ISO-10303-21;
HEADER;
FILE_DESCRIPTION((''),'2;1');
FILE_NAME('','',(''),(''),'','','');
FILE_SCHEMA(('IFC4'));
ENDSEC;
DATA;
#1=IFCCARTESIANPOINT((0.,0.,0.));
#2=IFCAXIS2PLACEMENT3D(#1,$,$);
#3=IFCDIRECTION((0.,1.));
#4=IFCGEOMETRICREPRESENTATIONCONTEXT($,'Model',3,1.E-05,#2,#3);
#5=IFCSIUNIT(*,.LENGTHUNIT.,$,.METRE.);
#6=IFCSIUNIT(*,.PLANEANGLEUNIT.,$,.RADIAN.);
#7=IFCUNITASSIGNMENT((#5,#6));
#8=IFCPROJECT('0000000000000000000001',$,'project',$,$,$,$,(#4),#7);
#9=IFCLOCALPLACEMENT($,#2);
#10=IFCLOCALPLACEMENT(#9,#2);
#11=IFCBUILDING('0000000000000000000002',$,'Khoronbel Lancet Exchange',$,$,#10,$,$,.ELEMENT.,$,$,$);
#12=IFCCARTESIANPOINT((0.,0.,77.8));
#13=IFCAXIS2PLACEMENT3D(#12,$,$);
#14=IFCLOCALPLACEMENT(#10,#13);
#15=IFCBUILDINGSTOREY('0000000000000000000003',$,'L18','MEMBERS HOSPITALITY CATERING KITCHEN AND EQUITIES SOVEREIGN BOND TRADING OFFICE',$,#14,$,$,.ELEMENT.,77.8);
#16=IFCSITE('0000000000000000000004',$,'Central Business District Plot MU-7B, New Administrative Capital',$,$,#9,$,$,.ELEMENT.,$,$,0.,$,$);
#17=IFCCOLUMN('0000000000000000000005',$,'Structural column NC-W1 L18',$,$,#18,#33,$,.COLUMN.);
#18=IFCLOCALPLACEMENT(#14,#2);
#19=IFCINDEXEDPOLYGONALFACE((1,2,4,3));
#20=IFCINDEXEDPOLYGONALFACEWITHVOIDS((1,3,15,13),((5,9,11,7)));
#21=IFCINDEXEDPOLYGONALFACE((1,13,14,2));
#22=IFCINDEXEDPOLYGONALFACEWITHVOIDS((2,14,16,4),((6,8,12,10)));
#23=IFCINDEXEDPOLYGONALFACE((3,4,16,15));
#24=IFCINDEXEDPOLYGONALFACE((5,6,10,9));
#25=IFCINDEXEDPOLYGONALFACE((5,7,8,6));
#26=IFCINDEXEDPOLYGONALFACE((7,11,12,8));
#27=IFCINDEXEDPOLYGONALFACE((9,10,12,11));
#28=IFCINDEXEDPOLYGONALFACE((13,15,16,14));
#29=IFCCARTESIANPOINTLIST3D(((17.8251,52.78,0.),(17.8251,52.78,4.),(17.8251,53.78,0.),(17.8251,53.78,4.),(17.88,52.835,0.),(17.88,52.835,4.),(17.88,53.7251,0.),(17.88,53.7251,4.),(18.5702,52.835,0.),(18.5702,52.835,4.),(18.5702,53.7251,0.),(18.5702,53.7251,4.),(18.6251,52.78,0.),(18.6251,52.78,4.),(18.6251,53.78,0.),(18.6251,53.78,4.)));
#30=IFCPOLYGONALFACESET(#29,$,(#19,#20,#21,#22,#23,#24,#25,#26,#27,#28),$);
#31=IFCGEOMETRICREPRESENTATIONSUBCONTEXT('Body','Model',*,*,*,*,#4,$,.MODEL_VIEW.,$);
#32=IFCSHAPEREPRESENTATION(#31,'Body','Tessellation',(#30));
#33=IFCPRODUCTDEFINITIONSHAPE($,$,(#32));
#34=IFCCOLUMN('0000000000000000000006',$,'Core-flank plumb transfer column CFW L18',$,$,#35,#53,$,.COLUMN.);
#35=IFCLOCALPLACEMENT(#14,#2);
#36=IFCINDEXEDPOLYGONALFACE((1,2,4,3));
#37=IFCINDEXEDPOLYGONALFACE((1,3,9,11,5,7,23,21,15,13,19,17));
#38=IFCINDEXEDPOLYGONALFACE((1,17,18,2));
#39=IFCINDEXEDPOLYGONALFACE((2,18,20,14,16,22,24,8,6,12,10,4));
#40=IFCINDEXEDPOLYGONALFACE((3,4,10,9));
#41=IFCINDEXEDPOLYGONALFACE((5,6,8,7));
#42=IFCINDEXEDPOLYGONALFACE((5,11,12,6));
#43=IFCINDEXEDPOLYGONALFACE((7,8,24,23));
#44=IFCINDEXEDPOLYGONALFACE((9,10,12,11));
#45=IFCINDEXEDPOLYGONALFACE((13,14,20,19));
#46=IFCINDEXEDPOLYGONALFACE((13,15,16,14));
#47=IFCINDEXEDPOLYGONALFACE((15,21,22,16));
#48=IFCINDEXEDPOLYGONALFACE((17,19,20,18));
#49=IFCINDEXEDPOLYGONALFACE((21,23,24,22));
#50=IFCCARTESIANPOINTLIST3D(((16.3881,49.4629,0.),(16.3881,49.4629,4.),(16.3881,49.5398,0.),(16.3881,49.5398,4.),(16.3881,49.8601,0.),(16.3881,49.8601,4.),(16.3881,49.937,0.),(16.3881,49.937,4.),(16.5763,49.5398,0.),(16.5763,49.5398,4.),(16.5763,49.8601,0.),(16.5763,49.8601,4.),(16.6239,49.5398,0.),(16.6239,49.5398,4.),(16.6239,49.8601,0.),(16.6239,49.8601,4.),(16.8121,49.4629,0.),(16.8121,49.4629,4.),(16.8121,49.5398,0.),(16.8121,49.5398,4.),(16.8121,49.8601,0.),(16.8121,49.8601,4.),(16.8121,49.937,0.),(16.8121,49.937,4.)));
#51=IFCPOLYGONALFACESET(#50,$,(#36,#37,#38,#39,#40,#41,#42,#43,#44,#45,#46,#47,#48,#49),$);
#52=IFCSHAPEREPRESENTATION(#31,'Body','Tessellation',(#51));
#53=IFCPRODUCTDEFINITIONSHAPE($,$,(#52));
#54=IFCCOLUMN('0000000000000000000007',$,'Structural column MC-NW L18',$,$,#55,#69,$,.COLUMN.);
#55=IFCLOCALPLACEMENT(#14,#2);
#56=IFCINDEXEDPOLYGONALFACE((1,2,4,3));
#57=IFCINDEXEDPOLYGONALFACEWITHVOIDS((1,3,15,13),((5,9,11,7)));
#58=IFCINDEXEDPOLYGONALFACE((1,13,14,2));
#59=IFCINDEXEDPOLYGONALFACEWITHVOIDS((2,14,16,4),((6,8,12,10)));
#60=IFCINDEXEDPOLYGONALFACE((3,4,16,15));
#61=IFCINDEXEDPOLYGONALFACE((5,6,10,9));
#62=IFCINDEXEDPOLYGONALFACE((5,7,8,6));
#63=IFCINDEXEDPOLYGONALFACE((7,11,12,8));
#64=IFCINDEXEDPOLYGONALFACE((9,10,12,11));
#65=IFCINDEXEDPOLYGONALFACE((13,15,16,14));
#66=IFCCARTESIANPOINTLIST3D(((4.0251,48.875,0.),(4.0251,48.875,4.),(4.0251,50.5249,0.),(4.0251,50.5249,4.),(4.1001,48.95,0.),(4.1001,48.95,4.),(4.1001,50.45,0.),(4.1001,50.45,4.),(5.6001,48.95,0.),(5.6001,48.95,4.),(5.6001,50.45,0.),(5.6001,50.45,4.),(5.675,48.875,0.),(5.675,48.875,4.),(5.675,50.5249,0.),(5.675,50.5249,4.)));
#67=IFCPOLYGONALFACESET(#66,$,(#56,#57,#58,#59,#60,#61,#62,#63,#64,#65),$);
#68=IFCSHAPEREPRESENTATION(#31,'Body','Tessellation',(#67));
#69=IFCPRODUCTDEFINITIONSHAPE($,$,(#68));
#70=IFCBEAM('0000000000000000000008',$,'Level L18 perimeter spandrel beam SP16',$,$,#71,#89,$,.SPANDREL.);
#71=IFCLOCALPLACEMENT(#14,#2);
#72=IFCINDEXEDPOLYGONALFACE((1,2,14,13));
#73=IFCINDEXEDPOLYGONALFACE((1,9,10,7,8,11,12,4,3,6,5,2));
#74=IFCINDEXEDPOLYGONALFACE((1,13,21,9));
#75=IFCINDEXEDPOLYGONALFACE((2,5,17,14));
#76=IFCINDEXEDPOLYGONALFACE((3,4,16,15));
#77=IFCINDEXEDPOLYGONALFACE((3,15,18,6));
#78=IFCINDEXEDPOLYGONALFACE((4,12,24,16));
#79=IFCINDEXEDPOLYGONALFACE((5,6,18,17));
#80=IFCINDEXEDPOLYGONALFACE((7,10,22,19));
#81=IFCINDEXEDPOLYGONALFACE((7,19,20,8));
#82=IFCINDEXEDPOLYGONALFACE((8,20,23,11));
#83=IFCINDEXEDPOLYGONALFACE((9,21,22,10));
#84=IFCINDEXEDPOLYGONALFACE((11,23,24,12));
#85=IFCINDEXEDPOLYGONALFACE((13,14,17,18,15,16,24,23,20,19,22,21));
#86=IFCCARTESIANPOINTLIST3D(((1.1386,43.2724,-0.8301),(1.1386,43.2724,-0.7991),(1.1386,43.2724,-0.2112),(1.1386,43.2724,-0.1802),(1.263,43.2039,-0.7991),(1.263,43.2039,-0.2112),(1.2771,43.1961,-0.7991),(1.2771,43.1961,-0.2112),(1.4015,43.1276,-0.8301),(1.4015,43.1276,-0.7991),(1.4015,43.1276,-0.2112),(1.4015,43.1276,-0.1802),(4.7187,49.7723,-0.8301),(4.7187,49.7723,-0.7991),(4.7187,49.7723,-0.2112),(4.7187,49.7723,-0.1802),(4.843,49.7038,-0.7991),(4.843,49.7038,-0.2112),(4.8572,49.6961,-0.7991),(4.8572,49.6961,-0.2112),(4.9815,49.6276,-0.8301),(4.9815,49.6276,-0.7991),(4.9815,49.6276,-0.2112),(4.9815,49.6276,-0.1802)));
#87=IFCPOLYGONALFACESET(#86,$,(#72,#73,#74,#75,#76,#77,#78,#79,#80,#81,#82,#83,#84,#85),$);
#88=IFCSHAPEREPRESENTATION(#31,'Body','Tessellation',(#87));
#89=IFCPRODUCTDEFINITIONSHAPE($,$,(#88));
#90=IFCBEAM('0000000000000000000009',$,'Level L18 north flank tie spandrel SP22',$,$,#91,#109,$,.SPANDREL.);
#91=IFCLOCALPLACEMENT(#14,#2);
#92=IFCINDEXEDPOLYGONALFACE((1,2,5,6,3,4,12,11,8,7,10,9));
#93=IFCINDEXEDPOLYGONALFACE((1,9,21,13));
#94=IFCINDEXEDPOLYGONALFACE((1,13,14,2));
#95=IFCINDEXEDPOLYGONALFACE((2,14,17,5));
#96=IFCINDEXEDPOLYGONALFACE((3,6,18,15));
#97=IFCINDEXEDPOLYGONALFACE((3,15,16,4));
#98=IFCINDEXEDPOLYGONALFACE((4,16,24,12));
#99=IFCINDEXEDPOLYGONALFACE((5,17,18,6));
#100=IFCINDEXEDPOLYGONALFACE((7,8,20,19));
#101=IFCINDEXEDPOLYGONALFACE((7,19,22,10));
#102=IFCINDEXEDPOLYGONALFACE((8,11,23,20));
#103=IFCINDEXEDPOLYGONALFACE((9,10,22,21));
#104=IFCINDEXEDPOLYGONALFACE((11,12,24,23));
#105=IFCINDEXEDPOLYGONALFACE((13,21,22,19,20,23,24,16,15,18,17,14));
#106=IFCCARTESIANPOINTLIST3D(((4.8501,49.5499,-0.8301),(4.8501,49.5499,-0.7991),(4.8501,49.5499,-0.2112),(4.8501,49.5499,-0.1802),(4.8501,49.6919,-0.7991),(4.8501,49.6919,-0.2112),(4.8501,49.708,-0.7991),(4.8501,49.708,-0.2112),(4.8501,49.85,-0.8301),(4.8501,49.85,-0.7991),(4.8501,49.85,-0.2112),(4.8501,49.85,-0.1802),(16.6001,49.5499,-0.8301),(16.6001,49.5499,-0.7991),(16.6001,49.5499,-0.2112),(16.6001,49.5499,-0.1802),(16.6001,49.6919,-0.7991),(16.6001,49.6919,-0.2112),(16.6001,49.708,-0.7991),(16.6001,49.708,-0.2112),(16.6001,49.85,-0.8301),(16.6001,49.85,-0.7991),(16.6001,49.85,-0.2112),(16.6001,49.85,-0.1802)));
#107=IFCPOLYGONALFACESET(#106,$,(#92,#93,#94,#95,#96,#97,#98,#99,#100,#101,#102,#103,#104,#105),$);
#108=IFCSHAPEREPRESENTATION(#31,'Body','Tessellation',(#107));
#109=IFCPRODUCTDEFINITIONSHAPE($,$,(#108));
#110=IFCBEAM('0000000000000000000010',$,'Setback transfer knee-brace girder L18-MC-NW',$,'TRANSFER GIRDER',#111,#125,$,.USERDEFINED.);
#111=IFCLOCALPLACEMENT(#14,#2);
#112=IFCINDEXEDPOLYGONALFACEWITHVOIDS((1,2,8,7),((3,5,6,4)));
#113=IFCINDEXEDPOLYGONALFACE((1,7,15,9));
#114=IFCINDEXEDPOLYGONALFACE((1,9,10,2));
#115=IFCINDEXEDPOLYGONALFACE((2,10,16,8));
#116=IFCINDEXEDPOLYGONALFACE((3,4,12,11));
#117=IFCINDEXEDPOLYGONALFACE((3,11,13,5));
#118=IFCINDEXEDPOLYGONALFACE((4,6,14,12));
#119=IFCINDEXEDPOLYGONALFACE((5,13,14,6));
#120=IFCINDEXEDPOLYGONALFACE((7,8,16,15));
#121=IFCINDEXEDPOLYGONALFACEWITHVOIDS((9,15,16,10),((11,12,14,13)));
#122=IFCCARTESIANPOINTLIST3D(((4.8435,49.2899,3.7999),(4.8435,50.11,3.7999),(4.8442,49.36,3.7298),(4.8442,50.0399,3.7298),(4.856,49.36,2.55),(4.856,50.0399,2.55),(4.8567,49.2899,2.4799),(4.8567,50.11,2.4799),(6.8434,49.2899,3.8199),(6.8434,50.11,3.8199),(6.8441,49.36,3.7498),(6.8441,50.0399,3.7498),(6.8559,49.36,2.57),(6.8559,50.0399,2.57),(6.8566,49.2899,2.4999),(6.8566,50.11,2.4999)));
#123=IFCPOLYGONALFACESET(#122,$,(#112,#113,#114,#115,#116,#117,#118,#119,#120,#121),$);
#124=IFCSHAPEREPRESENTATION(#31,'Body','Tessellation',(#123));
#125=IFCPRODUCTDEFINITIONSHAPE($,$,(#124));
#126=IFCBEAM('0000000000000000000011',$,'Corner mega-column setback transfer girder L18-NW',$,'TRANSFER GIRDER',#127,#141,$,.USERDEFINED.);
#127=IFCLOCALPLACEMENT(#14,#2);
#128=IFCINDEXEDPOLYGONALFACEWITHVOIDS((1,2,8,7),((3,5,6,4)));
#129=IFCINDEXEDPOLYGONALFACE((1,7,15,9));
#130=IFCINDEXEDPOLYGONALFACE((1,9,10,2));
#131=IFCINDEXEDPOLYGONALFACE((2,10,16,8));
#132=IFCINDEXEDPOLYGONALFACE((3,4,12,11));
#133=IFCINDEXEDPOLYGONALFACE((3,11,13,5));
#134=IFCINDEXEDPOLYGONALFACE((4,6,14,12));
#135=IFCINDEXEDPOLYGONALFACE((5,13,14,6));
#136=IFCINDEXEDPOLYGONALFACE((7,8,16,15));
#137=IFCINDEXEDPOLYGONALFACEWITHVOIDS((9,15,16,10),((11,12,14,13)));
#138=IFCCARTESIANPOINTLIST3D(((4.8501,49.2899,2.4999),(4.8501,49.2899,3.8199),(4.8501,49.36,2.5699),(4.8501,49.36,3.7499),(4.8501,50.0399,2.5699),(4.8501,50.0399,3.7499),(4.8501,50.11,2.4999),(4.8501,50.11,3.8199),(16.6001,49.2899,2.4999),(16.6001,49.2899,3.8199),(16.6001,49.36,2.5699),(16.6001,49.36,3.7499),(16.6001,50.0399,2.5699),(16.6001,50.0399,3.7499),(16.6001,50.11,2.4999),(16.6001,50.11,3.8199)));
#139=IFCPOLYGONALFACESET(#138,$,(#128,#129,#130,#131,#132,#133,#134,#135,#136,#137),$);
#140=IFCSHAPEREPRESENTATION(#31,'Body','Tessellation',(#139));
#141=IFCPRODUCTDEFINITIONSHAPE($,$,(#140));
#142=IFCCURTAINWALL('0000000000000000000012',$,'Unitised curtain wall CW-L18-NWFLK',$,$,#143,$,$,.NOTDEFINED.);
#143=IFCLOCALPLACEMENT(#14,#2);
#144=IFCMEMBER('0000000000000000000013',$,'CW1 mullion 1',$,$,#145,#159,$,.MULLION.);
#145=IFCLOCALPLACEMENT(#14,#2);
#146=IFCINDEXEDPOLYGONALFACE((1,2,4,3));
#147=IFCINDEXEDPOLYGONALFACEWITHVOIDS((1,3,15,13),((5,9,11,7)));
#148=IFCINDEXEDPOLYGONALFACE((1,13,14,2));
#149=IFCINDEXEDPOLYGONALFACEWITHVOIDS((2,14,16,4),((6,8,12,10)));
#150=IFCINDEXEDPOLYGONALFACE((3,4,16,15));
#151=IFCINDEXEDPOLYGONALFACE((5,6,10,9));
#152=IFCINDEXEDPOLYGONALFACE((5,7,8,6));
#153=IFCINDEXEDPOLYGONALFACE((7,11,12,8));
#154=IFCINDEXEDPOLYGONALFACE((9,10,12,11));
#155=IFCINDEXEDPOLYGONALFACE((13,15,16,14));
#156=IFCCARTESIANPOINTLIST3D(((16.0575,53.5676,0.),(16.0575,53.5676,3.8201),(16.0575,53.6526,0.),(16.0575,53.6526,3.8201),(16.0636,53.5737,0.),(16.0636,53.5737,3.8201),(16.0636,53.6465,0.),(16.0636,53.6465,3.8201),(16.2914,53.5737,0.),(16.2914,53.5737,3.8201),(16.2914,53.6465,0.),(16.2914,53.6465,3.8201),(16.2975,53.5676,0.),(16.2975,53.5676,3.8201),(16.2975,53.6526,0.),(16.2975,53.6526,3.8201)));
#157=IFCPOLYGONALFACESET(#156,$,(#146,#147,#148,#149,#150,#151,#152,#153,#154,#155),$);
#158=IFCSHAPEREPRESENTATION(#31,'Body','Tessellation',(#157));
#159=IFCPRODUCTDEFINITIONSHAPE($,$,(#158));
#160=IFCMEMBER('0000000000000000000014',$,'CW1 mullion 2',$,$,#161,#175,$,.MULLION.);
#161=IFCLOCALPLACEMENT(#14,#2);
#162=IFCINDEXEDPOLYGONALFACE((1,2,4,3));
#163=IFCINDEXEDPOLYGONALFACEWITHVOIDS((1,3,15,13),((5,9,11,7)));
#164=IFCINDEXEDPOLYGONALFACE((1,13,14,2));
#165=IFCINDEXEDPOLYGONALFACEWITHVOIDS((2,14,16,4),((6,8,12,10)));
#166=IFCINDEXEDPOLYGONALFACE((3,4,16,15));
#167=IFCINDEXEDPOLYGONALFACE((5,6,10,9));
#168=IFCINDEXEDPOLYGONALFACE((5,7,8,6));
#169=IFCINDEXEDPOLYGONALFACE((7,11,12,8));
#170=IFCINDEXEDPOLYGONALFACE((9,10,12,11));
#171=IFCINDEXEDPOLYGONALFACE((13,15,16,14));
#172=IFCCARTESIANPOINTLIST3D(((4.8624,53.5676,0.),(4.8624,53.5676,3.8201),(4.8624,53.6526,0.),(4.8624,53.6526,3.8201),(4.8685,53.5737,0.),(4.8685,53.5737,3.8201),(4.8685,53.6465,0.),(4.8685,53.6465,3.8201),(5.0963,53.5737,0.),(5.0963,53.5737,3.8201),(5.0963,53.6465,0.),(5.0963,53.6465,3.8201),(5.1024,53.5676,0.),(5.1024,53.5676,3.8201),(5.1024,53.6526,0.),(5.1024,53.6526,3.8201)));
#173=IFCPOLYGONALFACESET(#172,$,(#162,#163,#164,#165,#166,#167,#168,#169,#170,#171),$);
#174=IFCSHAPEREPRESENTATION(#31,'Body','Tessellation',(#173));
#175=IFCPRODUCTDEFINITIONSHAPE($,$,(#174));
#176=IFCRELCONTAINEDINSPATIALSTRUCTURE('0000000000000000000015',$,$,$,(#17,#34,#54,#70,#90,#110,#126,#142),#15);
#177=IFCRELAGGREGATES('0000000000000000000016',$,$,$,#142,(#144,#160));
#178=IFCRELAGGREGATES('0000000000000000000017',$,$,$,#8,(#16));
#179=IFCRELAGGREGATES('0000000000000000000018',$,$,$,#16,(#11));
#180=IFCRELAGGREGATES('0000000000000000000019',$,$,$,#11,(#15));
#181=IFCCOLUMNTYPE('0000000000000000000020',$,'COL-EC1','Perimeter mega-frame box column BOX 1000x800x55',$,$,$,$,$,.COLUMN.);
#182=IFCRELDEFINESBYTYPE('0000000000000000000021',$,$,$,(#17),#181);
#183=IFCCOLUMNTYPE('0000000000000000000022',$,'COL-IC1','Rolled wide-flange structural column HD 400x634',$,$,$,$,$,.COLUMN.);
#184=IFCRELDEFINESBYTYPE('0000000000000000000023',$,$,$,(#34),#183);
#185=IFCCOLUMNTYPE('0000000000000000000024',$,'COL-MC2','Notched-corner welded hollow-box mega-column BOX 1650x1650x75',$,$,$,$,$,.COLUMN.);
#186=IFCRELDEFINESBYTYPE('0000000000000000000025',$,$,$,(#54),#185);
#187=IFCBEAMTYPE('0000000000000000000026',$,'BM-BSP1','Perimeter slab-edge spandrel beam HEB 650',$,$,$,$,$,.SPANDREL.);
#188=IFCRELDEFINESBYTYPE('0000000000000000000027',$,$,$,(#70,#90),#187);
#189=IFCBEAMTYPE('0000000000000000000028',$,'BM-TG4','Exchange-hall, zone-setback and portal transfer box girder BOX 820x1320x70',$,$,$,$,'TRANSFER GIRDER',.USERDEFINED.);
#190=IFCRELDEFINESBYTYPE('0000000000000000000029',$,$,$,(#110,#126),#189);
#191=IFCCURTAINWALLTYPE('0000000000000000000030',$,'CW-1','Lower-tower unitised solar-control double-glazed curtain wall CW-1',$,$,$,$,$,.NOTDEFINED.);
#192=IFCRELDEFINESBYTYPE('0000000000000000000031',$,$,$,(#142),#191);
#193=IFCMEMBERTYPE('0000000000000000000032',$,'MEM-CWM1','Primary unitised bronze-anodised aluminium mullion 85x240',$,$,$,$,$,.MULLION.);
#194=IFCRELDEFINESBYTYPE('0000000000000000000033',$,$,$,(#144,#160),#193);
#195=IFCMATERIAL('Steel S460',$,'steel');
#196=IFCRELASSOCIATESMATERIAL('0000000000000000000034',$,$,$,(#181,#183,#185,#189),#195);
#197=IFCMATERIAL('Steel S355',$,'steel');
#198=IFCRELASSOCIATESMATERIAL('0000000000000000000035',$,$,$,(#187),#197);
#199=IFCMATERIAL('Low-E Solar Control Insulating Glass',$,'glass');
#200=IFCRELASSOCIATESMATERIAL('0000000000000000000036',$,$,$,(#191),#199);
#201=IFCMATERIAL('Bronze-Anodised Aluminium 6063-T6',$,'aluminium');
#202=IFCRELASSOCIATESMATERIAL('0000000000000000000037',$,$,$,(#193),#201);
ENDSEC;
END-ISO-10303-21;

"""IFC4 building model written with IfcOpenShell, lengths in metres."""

from ifc_helpers import new_model, si_unit, direction, frame, origin, origin_2d, place, context, subcontext, project, spatial, hollow_rectangle, i_section, extrude, material, material_profile, profile_set, type_object, element, aggregate, save


model = new_model("IFC4")

# Units and contexts
model_context = context("Model", 3, precision=1e-05, world=origin(), true_north=direction((0.0, 1.0)))
body_context = subcontext(model_context, "Body", "Model", "MODEL_VIEW")
ifc_project = project(units=[si_unit("LENGTHUNIT", "METRE"), si_unit("PLANEANGLEUNIT", "RADIAN")], contexts=[model_context])

# Site, building, storey
site_placement = place(None, origin())
site = spatial("IfcSite", under=ifc_project, at=site_placement, Name="Central Business District Plot MU-7B, New Administrative Capital", CompositionType="ELEMENT", RefElevation=0.0)
building_placement = place(site_placement, origin())
building = spatial("IfcBuilding", under=site, at=building_placement, Name="Khoronbel Lancet Exchange", CompositionType="ELEMENT")
storey_placement = place(building_placement, frame((0.0, 0.0, 77.8)))
storey = spatial("IfcBuildingStorey", under=building, at=storey_placement, Name="L18", Description="MEMBERS HOSPITALITY CATERING KITCHEN AND EQUITIES SOVEREIGN BOND TRADING OFFICE", CompositionType="ELEMENT", Elevation=77.8)

# Columns
ifc_material_1 = material(Name="Steel S460", Category="steel")
ifc_material_profile_1 = material_profile(ifc_material_1, hollow_rectangle(XDim=0.8, YDim=1.0, WallThickness=0.0549, at=origin_2d()), Name="BOX 1000x800x55")
ifc_profile_set_1 = profile_set([ifc_material_profile_1], Name="Steel S460")
column_type_1 = type_object("IfcColumnType", Name="COL-EC1", Description="Perimeter mega-frame box column BOX 1000x800x55", PredefinedType="COLUMN", material=ifc_profile_set_1)
column_1_placement = place(storey_placement, frame((18.2251, 53.28, 0.0), z_axis=(0.0, 0.0, 1.0), x_axis=(1.0, 0.0, 0.0)))
element("IfcColumn", 1, at=column_1_placement, inside=storey, type_object=column_type_1, Name="Structural column NC-W1 L18", PredefinedType="COLUMN", context=body_context, shape_type="SweptSolid", body=[
    extrude(hollow_rectangle(XDim=0.8, YDim=1.0, WallThickness=0.0549, at=origin_2d()), origin(), (0.0, 0.0, 1.0), 4.0),
])
ifc_material_profile_2 = material_profile(ifc_material_1, i_section(OverallWidth=0.4241, OverallDepth=0.4741, WebThickness=0.0476, FlangeThickness=0.0769, at=origin_2d()), Name="HD 400x634")
ifc_profile_set_2 = profile_set([ifc_material_profile_2], Name="Steel S460")
column_type_2 = type_object("IfcColumnType", Name="COL-IC1", Description="Rolled wide-flange structural column HD 400x634", PredefinedType="COLUMN", material=ifc_profile_set_2)
column_2_placement = place(storey_placement, frame((16.6001, 49.7, 0.0), z_axis=(0.0, 0.0, 1.0), x_axis=(1.0, 0.0, 0.0)))
element("IfcColumn", 2, at=column_2_placement, inside=storey, type_object=column_type_2, Name="Core-flank plumb transfer column CFW L18", PredefinedType="COLUMN", context=body_context, shape_type="SweptSolid", body=[
    extrude(i_section(OverallWidth=0.4241, OverallDepth=0.4741, WebThickness=0.0476, FlangeThickness=0.0769, at=origin_2d()), origin(), (0.0, 0.0, 1.0), 4.0),
])
ifc_material_profile_3 = material_profile(ifc_material_1, hollow_rectangle(XDim=1.6499, YDim=1.6499, WallThickness=0.075, at=origin_2d()), Name="BOX 1650x1650x75")
ifc_profile_set_3 = profile_set([ifc_material_profile_3], Name="Steel S460")
column_type_3 = type_object("IfcColumnType", Name="COL-MC2", Description="Notched-corner welded hollow-box mega-column BOX 1650x1650x75", PredefinedType="COLUMN", material=ifc_profile_set_3)
column_3_placement = place(storey_placement, frame((4.8501, 49.7, 0.0), z_axis=(0.0, 0.0, 1.0), x_axis=(1.0, 0.0, 0.0)))
element("IfcColumn", 3, at=column_3_placement, inside=storey, type_object=column_type_3, Name="Structural column MC-NW L18", PredefinedType="COLUMN", context=body_context, shape_type="SweptSolid", body=[
    extrude(hollow_rectangle(XDim=1.6499, YDim=1.6499, WallThickness=0.075, at=origin_2d()), origin(), (0.0, 0.0, 1.0), 4.0),
])

# Beams
ifc_material_2 = material(Name="Steel S355", Category="steel")
ifc_material_profile_4 = material_profile(ifc_material_2, i_section(OverallWidth=0.3, OverallDepth=0.6499, WebThickness=0.0161, FlangeThickness=0.031, at=origin_2d()), Name="HEB 650")
ifc_profile_set_4 = profile_set([ifc_material_profile_4], Name="Steel S355")
beam_type_1 = type_object("IfcBeamType", Name="BM-BSP1", Description="Perimeter slab-edge spandrel beam HEB 650", PredefinedType="SPANDREL", material=ifc_profile_set_4)
beam_1_placement = place(storey_placement, frame((4.8501, 49.7, -0.5051), z_axis=(-0.482444, -0.875927, 0.0), x_axis=(0.875927, -0.482444, 0.0)))
element("IfcBeam", 4, at=beam_1_placement, inside=storey, type_object=beam_type_1, Name="Level L18 perimeter spandrel beam SP16", PredefinedType="SPANDREL", context=body_context, shape_type="SweptSolid", body=[
    extrude(i_section(OverallWidth=0.3, OverallDepth=0.6499, WebThickness=0.0161, FlangeThickness=0.031, at=origin_2d()), origin(), (0.0, 0.0, 1.0), 7.4207),
])
beam_2_placement = place(storey_placement, frame((4.8501, 49.7, -0.5051), z_axis=(1.0, 0.0, 0.0), x_axis=(0.0, 1.0, 0.0)))
element("IfcBeam", 5, at=beam_2_placement, inside=storey, type_object=beam_type_1, Name="Level L18 north flank tie spandrel SP22", PredefinedType="SPANDREL", context=body_context, shape_type="SweptSolid", body=[
    extrude(i_section(OverallWidth=0.3, OverallDepth=0.6499, WebThickness=0.0161, FlangeThickness=0.031, at=origin_2d()), origin(), (0.0, 0.0, 1.0), 11.75),
])
ifc_material_profile_5 = material_profile(ifc_material_1, hollow_rectangle(XDim=0.8201, YDim=1.3201, WallThickness=0.0701, at=origin_2d()), Name="BOX 820x1320x70")
ifc_profile_set_5 = profile_set([ifc_material_profile_5], Name="Steel S460")
beam_type_2 = type_object("IfcBeamType", Name="BM-TG4", Description="Exchange-hall, zone-setback and portal transfer box girder BOX 820x1320x70", ElementType="TRANSFER GIRDER", PredefinedType="USERDEFINED", material=ifc_profile_set_5)
beam_3_placement = place(storey_placement, frame((4.8501, 49.7, 3.1399), z_axis=(0.99995, 0.0, 0.010009), x_axis=(0.0, 1.0, 0.0)))
element("IfcBeam", 6, at=beam_3_placement, inside=storey, type_object=beam_type_2, Name="Setback transfer knee-brace girder L18-MC-NW", ObjectType="TRANSFER GIRDER", PredefinedType="USERDEFINED", context=body_context, shape_type="SweptSolid", body=[
    extrude(hollow_rectangle(XDim=0.8201, YDim=1.3201, WallThickness=0.0701, at=origin_2d()), origin(), (0.0, 0.0, 1.0), 2.0),
])
beam_4_placement = place(storey_placement, frame((4.8501, 49.7, 3.1599), z_axis=(1.0, 0.0, 0.0), x_axis=(0.0, 1.0, 0.0)))
element("IfcBeam", 7, at=beam_4_placement, inside=storey, type_object=beam_type_2, Name="Corner mega-column setback transfer girder L18-NW", ObjectType="TRANSFER GIRDER", PredefinedType="USERDEFINED", context=body_context, shape_type="SweptSolid", body=[
    extrude(hollow_rectangle(XDim=0.8201, YDim=1.3201, WallThickness=0.0701, at=origin_2d()), origin(), (0.0, 0.0, 1.0), 11.75),
])

# Curtain wall, members
ifc_material_3 = material(Name="Low-E Solar Control Insulating Glass", Category="glass")
curtain_wall_type_1 = type_object("IfcCurtainWallType", Name="CW-1", Description="Lower-tower unitised solar-control double-glazed curtain wall CW-1", PredefinedType="NOTDEFINED", material=ifc_material_3)
curtain_wall_1_placement = place(storey_placement, origin())
curtain_wall_1 = element("IfcCurtainWall", 8, at=curtain_wall_1_placement, inside=storey, type_object=curtain_wall_type_1, Name="Unitised curtain wall CW-L18-NWFLK", PredefinedType="NOTDEFINED")
ifc_material_4 = material(Name="Bronze-Anodised Aluminium 6063-T6", Category="aluminium")
ifc_material_profile_6 = material_profile(ifc_material_4, hollow_rectangle(XDim=0.085, YDim=0.24, WallThickness=0.0061, at=origin_2d()), Name="ALU MULLION 85x240")
ifc_profile_set_6 = profile_set([ifc_material_profile_6], Name="Bronze-Anodised Aluminium 6063-T6")
member_type_1 = type_object("IfcMemberType", Name="MEM-CWM1", Description="Primary unitised bronze-anodised aluminium mullion 85x240", PredefinedType="MULLION", material=ifc_profile_set_6)
member_1_placement = place(storey_placement, frame((16.1775, 53.6101, 0.0), z_axis=(0.0, 0.0, 1.0), x_axis=(0.0, -1.0, 0.0)))
member_1 = element("IfcMember", 9, at=member_1_placement, type_object=member_type_1, Name="CW1 mullion 1", PredefinedType="MULLION", context=body_context, shape_type="SweptSolid", body=[
    extrude(hollow_rectangle(XDim=0.085, YDim=0.24, WallThickness=0.0061, at=origin_2d()), origin(), (0.0, 0.0, 1.0), 3.8201),
])
member_2_placement = place(storey_placement, frame((4.9824, 53.6101, 0.0), z_axis=(0.0, 0.0, 1.0), x_axis=(0.0, -1.0, 0.0)))
member_2 = element("IfcMember", 10, at=member_2_placement, type_object=member_type_1, Name="CW1 mullion 2", PredefinedType="MULLION", context=body_context, shape_type="SweptSolid", body=[
    extrude(hollow_rectangle(XDim=0.085, YDim=0.24, WallThickness=0.0061, at=origin_2d()), origin(), (0.0, 0.0, 1.0), 3.8201),
])

aggregate(curtain_wall_1, [member_1, member_2])

save(model, "model.ifc")
